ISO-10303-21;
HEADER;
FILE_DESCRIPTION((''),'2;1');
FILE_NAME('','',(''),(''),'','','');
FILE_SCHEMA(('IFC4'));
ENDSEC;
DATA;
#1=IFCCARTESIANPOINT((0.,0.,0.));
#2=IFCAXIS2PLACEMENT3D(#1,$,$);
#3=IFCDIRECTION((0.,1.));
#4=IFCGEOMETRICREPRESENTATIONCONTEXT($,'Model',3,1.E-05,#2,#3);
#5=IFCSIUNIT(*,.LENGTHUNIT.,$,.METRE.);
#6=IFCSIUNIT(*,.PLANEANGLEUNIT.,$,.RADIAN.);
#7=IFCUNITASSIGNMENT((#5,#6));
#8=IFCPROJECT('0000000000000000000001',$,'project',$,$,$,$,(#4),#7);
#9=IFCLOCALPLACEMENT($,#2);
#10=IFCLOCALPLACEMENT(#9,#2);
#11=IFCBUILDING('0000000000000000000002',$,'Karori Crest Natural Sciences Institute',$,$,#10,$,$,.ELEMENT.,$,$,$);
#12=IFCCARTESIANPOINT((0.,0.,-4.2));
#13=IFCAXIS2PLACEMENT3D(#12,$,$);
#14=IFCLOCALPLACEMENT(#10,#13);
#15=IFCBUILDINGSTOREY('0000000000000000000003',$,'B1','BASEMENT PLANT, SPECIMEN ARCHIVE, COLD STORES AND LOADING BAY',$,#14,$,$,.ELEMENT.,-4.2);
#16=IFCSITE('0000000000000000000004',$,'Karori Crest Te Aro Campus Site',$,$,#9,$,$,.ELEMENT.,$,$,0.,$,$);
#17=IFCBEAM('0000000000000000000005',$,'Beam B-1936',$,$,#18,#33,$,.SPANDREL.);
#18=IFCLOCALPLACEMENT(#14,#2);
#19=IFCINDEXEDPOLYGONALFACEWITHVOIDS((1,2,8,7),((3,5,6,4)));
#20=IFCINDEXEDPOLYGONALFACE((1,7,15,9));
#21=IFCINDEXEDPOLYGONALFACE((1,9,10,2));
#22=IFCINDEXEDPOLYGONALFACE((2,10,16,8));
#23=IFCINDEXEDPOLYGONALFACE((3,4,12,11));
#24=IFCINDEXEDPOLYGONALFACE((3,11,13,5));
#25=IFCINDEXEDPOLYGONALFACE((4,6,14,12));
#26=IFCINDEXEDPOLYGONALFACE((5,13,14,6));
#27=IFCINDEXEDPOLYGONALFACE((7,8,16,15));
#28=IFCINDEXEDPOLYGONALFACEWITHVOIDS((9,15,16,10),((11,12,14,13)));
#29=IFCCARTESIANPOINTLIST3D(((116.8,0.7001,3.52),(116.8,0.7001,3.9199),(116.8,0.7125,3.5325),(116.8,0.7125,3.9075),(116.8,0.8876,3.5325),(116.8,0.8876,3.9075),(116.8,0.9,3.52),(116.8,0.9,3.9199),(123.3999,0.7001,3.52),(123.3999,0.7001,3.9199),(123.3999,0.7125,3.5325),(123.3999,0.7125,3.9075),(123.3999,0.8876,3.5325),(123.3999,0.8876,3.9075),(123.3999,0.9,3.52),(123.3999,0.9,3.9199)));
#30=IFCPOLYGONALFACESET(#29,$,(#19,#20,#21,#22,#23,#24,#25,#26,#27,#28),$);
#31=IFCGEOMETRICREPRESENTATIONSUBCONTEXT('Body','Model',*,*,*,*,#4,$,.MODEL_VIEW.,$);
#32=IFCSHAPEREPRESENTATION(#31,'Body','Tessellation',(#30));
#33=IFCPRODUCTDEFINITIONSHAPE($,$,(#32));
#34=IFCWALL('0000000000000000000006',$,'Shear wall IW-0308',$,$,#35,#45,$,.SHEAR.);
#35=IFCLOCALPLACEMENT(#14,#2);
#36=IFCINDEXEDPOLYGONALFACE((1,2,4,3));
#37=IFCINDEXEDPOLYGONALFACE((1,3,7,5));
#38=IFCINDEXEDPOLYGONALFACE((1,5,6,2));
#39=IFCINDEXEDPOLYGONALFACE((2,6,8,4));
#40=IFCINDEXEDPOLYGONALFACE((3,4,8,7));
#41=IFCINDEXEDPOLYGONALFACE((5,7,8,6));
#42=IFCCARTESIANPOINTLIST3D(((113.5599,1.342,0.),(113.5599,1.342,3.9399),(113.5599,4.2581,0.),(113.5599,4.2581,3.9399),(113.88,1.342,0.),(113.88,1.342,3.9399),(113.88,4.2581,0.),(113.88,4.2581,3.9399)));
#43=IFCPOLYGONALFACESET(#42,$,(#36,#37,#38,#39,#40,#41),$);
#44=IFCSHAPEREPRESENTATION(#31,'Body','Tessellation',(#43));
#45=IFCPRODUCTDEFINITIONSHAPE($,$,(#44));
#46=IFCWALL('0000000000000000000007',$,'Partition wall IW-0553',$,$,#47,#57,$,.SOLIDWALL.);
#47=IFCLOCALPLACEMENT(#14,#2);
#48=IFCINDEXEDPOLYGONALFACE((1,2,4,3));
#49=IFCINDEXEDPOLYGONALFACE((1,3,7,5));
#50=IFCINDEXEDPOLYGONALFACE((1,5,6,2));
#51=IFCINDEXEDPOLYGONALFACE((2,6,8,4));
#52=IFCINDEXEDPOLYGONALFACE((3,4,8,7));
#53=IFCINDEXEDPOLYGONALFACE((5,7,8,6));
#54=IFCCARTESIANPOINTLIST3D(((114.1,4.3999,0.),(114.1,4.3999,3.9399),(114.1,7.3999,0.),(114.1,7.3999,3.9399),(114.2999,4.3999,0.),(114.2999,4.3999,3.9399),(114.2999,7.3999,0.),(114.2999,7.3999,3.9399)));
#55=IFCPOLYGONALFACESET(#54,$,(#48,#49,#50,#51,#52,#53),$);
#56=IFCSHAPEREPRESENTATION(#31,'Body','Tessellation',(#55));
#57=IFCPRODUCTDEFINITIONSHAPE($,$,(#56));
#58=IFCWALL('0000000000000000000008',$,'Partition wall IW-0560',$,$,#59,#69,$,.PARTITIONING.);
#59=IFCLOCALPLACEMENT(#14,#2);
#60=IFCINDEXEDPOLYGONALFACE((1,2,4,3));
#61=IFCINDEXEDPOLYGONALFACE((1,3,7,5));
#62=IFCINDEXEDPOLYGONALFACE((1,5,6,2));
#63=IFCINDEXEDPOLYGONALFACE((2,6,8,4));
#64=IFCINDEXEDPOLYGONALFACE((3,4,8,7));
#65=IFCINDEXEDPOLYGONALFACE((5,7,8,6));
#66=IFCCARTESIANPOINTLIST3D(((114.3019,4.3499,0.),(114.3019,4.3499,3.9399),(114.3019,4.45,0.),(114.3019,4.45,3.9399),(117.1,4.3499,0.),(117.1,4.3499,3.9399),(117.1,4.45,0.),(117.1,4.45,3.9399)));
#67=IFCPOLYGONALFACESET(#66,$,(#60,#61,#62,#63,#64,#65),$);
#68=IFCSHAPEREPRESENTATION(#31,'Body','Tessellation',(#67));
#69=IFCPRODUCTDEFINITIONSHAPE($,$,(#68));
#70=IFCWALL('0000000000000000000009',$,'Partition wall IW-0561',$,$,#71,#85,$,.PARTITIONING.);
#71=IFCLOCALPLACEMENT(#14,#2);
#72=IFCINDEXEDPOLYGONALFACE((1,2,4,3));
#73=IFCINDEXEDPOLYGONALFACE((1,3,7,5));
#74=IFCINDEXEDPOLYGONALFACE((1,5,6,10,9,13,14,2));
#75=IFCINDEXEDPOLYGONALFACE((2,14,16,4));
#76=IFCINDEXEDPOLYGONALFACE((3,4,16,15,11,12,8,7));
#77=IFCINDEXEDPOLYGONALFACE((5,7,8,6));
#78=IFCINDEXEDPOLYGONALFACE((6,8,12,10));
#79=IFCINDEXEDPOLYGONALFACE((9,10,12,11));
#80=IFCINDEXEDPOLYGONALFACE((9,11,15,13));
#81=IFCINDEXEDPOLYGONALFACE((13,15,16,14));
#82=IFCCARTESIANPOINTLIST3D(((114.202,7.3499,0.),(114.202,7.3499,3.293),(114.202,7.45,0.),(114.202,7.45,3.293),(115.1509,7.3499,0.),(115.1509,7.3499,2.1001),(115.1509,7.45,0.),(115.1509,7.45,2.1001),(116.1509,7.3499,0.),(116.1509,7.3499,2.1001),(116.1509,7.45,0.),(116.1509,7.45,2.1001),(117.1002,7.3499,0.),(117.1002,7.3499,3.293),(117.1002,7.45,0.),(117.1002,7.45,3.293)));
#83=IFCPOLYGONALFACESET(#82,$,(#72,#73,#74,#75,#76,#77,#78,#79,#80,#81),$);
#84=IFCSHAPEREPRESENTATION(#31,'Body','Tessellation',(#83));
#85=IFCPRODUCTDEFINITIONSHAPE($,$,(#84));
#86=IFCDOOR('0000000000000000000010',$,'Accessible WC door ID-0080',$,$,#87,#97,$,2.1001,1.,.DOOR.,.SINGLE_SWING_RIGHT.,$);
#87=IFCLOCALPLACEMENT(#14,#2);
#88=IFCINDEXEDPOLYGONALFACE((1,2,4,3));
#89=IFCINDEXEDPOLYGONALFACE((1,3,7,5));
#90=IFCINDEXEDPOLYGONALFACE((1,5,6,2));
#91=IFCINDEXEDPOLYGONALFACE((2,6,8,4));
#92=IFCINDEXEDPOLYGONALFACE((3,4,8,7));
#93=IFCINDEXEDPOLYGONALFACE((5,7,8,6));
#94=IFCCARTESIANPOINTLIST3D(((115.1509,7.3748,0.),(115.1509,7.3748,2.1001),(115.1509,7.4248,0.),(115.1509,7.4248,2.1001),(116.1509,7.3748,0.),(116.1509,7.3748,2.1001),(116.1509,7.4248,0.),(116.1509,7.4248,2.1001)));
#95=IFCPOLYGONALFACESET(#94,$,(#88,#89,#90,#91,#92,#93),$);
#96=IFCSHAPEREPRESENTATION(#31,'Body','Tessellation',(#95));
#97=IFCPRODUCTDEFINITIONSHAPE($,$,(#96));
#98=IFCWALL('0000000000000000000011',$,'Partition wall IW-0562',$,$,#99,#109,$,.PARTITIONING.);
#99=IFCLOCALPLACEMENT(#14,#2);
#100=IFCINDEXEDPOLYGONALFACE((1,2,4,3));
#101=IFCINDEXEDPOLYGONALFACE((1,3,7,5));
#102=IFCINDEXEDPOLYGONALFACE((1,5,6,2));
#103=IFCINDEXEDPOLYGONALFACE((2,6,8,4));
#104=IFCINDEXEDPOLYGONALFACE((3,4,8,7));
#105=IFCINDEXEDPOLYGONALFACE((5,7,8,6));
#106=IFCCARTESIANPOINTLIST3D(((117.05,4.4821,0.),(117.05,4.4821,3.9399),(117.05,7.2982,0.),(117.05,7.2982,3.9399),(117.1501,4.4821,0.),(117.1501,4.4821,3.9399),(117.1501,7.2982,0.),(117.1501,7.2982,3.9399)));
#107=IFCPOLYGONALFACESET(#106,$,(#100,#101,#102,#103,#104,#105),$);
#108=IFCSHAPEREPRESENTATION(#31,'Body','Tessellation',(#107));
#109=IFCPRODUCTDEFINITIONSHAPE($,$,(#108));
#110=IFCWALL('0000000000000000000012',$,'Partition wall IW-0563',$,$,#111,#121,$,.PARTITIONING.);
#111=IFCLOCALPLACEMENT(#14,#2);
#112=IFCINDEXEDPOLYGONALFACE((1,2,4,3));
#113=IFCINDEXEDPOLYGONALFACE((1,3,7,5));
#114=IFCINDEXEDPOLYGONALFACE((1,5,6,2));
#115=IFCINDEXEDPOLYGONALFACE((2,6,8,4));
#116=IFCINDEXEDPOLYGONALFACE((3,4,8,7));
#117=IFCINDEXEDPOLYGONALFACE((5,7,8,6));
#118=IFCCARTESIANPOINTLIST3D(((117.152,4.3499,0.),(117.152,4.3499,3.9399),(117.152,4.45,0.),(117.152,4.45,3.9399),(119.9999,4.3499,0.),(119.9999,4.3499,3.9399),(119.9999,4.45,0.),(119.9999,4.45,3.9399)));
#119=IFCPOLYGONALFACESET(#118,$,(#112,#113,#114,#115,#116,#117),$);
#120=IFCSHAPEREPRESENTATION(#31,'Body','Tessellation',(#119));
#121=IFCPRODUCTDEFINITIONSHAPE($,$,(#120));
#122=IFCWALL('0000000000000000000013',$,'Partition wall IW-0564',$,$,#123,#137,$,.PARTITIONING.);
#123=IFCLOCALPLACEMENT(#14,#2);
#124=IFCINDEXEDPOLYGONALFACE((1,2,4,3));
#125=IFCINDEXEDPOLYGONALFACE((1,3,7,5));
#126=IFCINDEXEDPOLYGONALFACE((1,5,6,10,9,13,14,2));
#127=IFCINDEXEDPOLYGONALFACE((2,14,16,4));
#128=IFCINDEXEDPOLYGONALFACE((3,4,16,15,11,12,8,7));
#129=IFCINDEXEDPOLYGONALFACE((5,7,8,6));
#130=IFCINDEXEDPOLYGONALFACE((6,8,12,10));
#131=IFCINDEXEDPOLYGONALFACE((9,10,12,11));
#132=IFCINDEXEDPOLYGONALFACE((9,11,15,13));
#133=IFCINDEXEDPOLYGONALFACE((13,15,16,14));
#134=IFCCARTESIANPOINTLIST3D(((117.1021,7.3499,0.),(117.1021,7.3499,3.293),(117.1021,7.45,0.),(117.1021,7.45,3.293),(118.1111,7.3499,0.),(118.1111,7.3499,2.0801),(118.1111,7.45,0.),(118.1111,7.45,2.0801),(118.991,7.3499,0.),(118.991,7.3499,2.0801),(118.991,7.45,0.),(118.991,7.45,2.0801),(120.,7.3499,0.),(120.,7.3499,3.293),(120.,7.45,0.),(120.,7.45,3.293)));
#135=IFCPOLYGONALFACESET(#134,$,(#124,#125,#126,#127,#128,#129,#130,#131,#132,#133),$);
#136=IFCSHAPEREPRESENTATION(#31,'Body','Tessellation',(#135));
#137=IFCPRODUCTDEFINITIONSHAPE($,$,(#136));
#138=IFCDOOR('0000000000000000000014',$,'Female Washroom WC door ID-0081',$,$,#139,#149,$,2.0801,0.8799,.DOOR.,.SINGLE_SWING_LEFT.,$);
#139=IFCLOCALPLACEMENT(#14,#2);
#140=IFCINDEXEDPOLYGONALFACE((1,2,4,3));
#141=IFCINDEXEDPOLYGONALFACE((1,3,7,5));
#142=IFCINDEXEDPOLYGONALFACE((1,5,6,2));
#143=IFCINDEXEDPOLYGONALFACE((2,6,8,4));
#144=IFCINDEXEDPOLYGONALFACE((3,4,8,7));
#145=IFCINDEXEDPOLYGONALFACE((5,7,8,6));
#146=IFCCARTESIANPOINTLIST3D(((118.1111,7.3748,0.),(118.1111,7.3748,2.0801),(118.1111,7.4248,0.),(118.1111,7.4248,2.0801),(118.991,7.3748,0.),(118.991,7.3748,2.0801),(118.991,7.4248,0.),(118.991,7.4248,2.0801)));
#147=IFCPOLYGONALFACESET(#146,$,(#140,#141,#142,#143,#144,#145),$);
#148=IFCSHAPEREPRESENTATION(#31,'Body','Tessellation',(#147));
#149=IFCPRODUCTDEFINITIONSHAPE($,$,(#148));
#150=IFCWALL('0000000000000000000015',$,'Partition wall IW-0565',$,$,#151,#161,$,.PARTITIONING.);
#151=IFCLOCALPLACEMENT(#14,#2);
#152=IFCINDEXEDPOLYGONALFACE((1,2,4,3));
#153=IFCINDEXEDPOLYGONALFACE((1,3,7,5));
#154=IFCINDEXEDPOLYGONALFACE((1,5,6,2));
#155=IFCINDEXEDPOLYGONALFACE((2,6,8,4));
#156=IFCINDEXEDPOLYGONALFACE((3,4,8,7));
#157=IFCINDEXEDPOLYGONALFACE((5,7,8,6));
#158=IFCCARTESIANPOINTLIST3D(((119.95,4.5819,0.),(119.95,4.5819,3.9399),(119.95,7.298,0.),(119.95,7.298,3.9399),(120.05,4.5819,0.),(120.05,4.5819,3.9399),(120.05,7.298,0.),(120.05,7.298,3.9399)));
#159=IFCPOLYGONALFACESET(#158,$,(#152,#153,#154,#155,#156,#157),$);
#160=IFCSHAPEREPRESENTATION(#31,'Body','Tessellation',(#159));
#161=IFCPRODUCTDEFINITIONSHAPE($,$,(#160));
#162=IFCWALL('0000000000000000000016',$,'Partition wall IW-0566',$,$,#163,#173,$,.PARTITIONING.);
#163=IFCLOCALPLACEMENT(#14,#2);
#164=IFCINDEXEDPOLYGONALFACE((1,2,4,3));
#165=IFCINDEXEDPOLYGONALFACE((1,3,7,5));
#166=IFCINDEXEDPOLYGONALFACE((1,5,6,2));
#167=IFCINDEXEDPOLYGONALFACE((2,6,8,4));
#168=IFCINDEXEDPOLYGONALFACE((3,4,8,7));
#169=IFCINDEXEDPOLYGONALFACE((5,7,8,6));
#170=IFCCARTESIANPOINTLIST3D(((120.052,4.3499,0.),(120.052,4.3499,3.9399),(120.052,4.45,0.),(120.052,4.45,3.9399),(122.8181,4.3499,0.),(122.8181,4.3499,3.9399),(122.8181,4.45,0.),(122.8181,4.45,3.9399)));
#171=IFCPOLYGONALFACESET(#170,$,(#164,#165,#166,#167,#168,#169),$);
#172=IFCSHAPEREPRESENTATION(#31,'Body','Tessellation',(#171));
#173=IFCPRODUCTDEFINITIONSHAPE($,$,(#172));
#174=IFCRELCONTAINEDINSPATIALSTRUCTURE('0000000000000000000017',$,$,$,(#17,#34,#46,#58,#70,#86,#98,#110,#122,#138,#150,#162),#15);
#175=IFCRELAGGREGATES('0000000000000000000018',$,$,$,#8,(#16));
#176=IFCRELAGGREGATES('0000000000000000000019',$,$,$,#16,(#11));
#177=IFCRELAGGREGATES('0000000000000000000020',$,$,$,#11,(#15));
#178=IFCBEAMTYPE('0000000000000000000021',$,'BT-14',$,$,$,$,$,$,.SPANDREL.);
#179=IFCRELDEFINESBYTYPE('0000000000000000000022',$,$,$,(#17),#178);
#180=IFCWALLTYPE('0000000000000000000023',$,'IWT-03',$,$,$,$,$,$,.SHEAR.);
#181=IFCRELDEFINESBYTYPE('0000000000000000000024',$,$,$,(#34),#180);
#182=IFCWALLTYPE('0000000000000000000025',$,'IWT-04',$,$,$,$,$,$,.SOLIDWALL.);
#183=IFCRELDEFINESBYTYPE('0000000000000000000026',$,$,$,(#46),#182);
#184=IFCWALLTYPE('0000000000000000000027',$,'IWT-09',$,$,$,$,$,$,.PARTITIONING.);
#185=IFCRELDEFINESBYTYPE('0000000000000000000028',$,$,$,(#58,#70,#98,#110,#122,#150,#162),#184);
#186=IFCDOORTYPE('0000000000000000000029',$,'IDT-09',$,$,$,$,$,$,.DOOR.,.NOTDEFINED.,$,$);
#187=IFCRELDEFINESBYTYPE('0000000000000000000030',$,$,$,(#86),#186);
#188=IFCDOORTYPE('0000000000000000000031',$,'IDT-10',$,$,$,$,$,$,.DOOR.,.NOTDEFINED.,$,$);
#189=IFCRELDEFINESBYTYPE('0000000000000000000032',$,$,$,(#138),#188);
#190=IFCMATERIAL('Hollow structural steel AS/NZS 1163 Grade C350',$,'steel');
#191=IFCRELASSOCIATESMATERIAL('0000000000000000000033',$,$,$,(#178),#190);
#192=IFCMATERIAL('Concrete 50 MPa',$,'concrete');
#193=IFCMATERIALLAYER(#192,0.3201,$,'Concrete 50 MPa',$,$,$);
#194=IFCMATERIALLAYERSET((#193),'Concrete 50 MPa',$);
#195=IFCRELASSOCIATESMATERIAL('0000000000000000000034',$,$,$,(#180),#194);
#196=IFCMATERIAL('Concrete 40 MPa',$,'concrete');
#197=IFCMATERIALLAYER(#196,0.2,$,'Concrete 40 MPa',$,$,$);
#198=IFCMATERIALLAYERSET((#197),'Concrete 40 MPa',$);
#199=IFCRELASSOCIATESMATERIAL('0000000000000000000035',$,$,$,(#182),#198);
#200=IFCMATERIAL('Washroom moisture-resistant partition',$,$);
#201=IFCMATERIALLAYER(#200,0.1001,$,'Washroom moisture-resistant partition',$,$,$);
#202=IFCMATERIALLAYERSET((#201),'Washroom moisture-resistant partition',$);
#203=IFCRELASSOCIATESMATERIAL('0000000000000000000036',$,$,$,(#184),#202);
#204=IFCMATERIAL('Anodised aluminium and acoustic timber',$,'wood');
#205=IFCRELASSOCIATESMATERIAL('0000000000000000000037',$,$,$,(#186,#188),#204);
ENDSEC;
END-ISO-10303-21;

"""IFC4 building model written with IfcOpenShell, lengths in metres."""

from ifc_helpers import new_model, si_unit, direction, frame, frame_2d, origin, origin_2d, place, context, subcontext, project, spatial, rectangle, hollow_rectangle, extrude, material, layer, layer_set, material_profile, profile_set, type_object, element, fill, save


model = new_model("IFC4")

# Units and contexts
model_context = context("Model", 3, precision=1e-05, world=origin(), true_north=direction((0.0, 1.0)))
body_context = subcontext(model_context, "Body", "Model", "MODEL_VIEW")
ifc_project = project(units=[si_unit("LENGTHUNIT", "METRE"), si_unit("PLANEANGLEUNIT", "RADIAN")], contexts=[model_context])

# Site, building, storey
site_placement = place(None, origin())
site = spatial("IfcSite", under=ifc_project, at=site_placement, Name="Karori Crest Te Aro Campus Site", CompositionType="ELEMENT", RefElevation=0.0)
building_placement = place(site_placement, origin())
building = spatial("IfcBuilding", under=site, at=building_placement, Name="Karori Crest Natural Sciences Institute", CompositionType="ELEMENT")
storey_placement = place(building_placement, frame((0.0, 0.0, -4.2)))
storey = spatial("IfcBuildingStorey", under=building, at=storey_placement, Name="B1", Description="BASEMENT PLANT, SPECIMEN ARCHIVE, COLD STORES AND LOADING BAY", CompositionType="ELEMENT", Elevation=-4.2)

# Shared definitions
ifc_material_1 = material(Name="Concrete 40 MPa", Category="concrete")

# Beam
ifc_material_2 = material(Name="Hollow structural steel AS/NZS 1163 Grade C350", Category="steel")
ifc_material_profile_1 = material_profile(ifc_material_2, hollow_rectangle(XDim=0.2, YDim=0.3999, WallThickness=0.0125, at=origin_2d()), Name="RHS400x200x12.5")
ifc_profile_set_1 = profile_set([ifc_material_profile_1], Name="Hollow structural steel AS/NZS 1163 Grade C350")
beam_type_1 = type_object("IfcBeamType", Name="BT-14", PredefinedType="SPANDREL", material=ifc_profile_set_1)
beam_1_placement = place(storey_placement, frame((116.8, 0.8, 3.72), z_axis=(1.0, 0.0, 0.0), x_axis=(0.0, 1.0, 0.0)))
element("IfcBeam", 1, at=beam_1_placement, inside=storey, type_object=beam_type_1, Name="Beam B-1936", PredefinedType="SPANDREL", context=body_context, shape_type="SweptSolid", body=[
    extrude(hollow_rectangle(XDim=0.2, YDim=0.3999, WallThickness=0.0125, at=origin_2d()), origin(), (0.0, 0.0, 1.0), 6.5999),
])

# Walls
ifc_material_3 = material(Name="Concrete 50 MPa", Category="concrete")
ifc_layer_1 = layer(ifc_material_3, 0.3201, Name="Concrete 50 MPa")
ifc_layer_set_1 = layer_set([ifc_layer_1], Name="Concrete 50 MPa")
wall_type_1 = type_object("IfcWallType", Name="IWT-03", PredefinedType="SHEAR", material=ifc_layer_set_1)
wall_1_placement = place(storey_placement, frame((113.72, 1.342, 0.0), z_axis=(0.0, 0.0, 1.0), x_axis=(0.0, 1.0, 0.0)))
element("IfcWall", 2, at=wall_1_placement, inside=storey, type_object=wall_type_1, Name="Shear wall IW-0308", PredefinedType="SHEAR", context=body_context, shape_type="SweptSolid", body=[
    extrude(rectangle(XDim=2.916, YDim=0.3201, at=frame_2d((1.458, 0.0))), origin(), (0.0, 0.0, 1.0), 3.9399),
])
ifc_layer_2 = layer(ifc_material_1, 0.2, Name="Concrete 40 MPa")
ifc_layer_set_2 = layer_set([ifc_layer_2], Name="Concrete 40 MPa")
wall_type_2 = type_object("IfcWallType", Name="IWT-04", PredefinedType="SOLIDWALL", material=ifc_layer_set_2)
wall_2_placement = place(storey_placement, frame((114.2, 4.3999, 0.0), z_axis=(0.0, 0.0, 1.0), x_axis=(0.0, 1.0, 0.0)))
element("IfcWall", 3, at=wall_2_placement, inside=storey, type_object=wall_type_2, Name="Partition wall IW-0553", PredefinedType="SOLIDWALL", context=body_context, shape_type="SweptSolid", body=[
    extrude(rectangle(XDim=3.0, YDim=0.2, at=frame_2d((1.5, 0.0))), origin(), (0.0, 0.0, 1.0), 3.9399),
])
ifc_material_4 = material(Name="Washroom moisture-resistant partition")
ifc_layer_3 = layer(ifc_material_4, 0.1001, Name="Washroom moisture-resistant partition")
ifc_layer_set_3 = layer_set([ifc_layer_3], Name="Washroom moisture-resistant partition")
wall_type_3 = type_object("IfcWallType", Name="IWT-09", PredefinedType="PARTITIONING", material=ifc_layer_set_3)
wall_3_placement = place(storey_placement, frame((114.302, 4.3999, 0.0), z_axis=(0.0, 0.0, 1.0), x_axis=(1.0, 0.0, 0.0)))
element("IfcWall", 4, at=wall_3_placement, inside=storey, type_object=wall_type_3, Name="Partition wall IW-0560", PredefinedType="PARTITIONING", context=body_context, shape_type="SweptSolid", body=[
    extrude(rectangle(XDim=2.7981, YDim=0.1001, at=frame_2d((1.3989, 0.0))), origin(), (0.0, 0.0, 1.0), 3.9399),
])

# Wall, opening, door
wall_4_placement = place(storey_placement, frame((114.2019, 7.3999, 0.0), z_axis=(0.0, 0.0, 1.0), x_axis=(1.0, 0.0, 0.0)))
wall_4 = element("IfcWall", 5, at=wall_4_placement, inside=storey, type_object=wall_type_3, Name="Partition wall IW-0561", PredefinedType="PARTITIONING", context=body_context, shape_type="SweptSolid", body=[
    extrude(rectangle(XDim=2.8982, YDim=0.1001, at=frame_2d((1.4492, 0.0))), origin(), (0.0, 0.0, 1.0), 3.293),
])
opening_1_placement = place(wall_4_placement, frame((0.949, 0.0, 0.0)))
opening_1 = element("IfcOpeningElement", 6, at=opening_1_placement, cuts=wall_4, PredefinedType="OPENING", context=body_context, shape_type="SweptSolid", body=[
    extrude(rectangle(XDim=1.0, YDim=2.1001, at=frame_2d((0.5, 1.05))), frame((0.0, 0.0601, 0.0), z_axis=(0.0, -1.0, 0.0), x_axis=(1.0, 0.0, 0.0)), (0.0, 0.0, 1.0), 0.1201),
])
ifc_material_5 = material(Name="Anodised aluminium and acoustic timber", Category="wood")
door_type_1 = type_object("IfcDoorType", Name="IDT-09", OperationType="NOTDEFINED", PredefinedType="DOOR", material=ifc_material_5)
door_1_placement = place(opening_1_placement, origin())
door_1 = element("IfcDoor", 7, at=door_1_placement, inside=storey, type_object=door_type_1, Name="Accessible WC door ID-0080", OperationType="SINGLE_SWING_RIGHT", OverallHeight=2.1001, OverallWidth=1.0, PredefinedType="DOOR", context=body_context, shape_type="SweptSolid", body=[
    extrude(rectangle(XDim=1.0, YDim=2.1001, at=frame_2d((0.5, 1.05))), frame((0.0, 0.0249, 0.0), z_axis=(0.0, -1.0, 0.0), x_axis=(1.0, 0.0, 0.0)), (0.0, 0.0, 1.0), 0.05),
])
fill(opening_1, door_1)

# Walls
wall_5_placement = place(storey_placement, frame((117.1001, 4.4819, 0.0), z_axis=(0.0, 0.0, 1.0), x_axis=(0.0, 1.0, 0.0)))
element("IfcWall", 8, at=wall_5_placement, inside=storey, type_object=wall_type_3, Name="Partition wall IW-0562", PredefinedType="PARTITIONING", context=body_context, shape_type="SweptSolid", body=[
    extrude(rectangle(XDim=2.8162, YDim=0.1001, at=frame_2d((1.4082, 0.0))), origin(), (0.0, 0.0, 1.0), 3.9399),
])
wall_6_placement = place(storey_placement, frame((117.1521, 4.3999, 0.0), z_axis=(0.0, 0.0, 1.0), x_axis=(1.0, 0.0, 0.0)))
element("IfcWall", 9, at=wall_6_placement, inside=storey, type_object=wall_type_3, Name="Partition wall IW-0563", PredefinedType="PARTITIONING", context=body_context, shape_type="SweptSolid", body=[
    extrude(rectangle(XDim=2.8479, YDim=0.1001, at=frame_2d((1.4238, 0.0))), origin(), (0.0, 0.0, 1.0), 3.9399),
])

# Wall, opening, door
wall_7_placement = place(storey_placement, frame((117.1021, 7.3999, 0.0), z_axis=(0.0, 0.0, 1.0), x_axis=(1.0, 0.0, 0.0)))
wall_7 = element("IfcWall", 10, at=wall_7_placement, inside=storey, type_object=wall_type_3, Name="Partition wall IW-0564", PredefinedType="PARTITIONING", context=body_context, shape_type="SweptSolid", body=[
    extrude(rectangle(XDim=2.8979, YDim=0.1001, at=frame_2d((1.449, 0.0))), origin(), (0.0, 0.0, 1.0), 3.293),
])
opening_2_placement = place(wall_7_placement, frame((1.009, 0.0, 0.0)))
opening_2 = element("IfcOpeningElement", 11, at=opening_2_placement, cuts=wall_7, PredefinedType="OPENING", context=body_context, shape_type="SweptSolid", body=[
    extrude(rectangle(XDim=0.8799, YDim=2.0801, at=frame_2d((0.4399, 1.04))), frame((0.0, 0.0601, 0.0), z_axis=(0.0, -1.0, 0.0), x_axis=(1.0, 0.0, 0.0)), (0.0, 0.0, 1.0), 0.1201),
])
door_type_2 = type_object("IfcDoorType", Name="IDT-10", OperationType="NOTDEFINED", PredefinedType="DOOR", material=ifc_material_5)
door_2_placement = place(opening_2_placement, origin())
door_2 = element("IfcDoor", 12, at=door_2_placement, inside=storey, type_object=door_type_2, Name="Female Washroom WC door ID-0081", OperationType="SINGLE_SWING_LEFT", OverallHeight=2.0801, OverallWidth=0.8799, PredefinedType="DOOR", context=body_context, shape_type="SweptSolid", body=[
    extrude(rectangle(XDim=0.8799, YDim=2.0801, at=frame_2d((0.4399, 1.04))), frame((0.0, 0.0249, 0.0), z_axis=(0.0, -1.0, 0.0), x_axis=(1.0, 0.0, 0.0)), (0.0, 0.0, 1.0), 0.05),
])
fill(opening_2, door_2)

# Walls
wall_8_placement = place(storey_placement, frame((120.0, 4.582, 0.0), z_axis=(0.0, 0.0, 1.0), x_axis=(0.0, 1.0, 0.0)))
element("IfcWall", 13, at=wall_8_placement, inside=storey, type_object=wall_type_3, Name="Partition wall IW-0565", PredefinedType="PARTITIONING", context=body_context, shape_type="SweptSolid", body=[
    extrude(rectangle(XDim=2.7161, YDim=0.1001, at=frame_2d((1.3579, 0.0))), origin(), (0.0, 0.0, 1.0), 3.9399),
])
wall_9_placement = place(storey_placement, frame((120.052, 4.3999, 0.0), z_axis=(0.0, 0.0, 1.0), x_axis=(1.0, 0.0, 0.0)))
element("IfcWall", 14, at=wall_9_placement, inside=storey, type_object=wall_type_3, Name="Partition wall IW-0566", PredefinedType="PARTITIONING", context=body_context, shape_type="SweptSolid", body=[
    extrude(rectangle(XDim=2.7661, YDim=0.1001, at=frame_2d((1.3831, 0.0))), origin(), (0.0, 0.0, 1.0), 3.9399),
])

save(model, "model.ifc")
